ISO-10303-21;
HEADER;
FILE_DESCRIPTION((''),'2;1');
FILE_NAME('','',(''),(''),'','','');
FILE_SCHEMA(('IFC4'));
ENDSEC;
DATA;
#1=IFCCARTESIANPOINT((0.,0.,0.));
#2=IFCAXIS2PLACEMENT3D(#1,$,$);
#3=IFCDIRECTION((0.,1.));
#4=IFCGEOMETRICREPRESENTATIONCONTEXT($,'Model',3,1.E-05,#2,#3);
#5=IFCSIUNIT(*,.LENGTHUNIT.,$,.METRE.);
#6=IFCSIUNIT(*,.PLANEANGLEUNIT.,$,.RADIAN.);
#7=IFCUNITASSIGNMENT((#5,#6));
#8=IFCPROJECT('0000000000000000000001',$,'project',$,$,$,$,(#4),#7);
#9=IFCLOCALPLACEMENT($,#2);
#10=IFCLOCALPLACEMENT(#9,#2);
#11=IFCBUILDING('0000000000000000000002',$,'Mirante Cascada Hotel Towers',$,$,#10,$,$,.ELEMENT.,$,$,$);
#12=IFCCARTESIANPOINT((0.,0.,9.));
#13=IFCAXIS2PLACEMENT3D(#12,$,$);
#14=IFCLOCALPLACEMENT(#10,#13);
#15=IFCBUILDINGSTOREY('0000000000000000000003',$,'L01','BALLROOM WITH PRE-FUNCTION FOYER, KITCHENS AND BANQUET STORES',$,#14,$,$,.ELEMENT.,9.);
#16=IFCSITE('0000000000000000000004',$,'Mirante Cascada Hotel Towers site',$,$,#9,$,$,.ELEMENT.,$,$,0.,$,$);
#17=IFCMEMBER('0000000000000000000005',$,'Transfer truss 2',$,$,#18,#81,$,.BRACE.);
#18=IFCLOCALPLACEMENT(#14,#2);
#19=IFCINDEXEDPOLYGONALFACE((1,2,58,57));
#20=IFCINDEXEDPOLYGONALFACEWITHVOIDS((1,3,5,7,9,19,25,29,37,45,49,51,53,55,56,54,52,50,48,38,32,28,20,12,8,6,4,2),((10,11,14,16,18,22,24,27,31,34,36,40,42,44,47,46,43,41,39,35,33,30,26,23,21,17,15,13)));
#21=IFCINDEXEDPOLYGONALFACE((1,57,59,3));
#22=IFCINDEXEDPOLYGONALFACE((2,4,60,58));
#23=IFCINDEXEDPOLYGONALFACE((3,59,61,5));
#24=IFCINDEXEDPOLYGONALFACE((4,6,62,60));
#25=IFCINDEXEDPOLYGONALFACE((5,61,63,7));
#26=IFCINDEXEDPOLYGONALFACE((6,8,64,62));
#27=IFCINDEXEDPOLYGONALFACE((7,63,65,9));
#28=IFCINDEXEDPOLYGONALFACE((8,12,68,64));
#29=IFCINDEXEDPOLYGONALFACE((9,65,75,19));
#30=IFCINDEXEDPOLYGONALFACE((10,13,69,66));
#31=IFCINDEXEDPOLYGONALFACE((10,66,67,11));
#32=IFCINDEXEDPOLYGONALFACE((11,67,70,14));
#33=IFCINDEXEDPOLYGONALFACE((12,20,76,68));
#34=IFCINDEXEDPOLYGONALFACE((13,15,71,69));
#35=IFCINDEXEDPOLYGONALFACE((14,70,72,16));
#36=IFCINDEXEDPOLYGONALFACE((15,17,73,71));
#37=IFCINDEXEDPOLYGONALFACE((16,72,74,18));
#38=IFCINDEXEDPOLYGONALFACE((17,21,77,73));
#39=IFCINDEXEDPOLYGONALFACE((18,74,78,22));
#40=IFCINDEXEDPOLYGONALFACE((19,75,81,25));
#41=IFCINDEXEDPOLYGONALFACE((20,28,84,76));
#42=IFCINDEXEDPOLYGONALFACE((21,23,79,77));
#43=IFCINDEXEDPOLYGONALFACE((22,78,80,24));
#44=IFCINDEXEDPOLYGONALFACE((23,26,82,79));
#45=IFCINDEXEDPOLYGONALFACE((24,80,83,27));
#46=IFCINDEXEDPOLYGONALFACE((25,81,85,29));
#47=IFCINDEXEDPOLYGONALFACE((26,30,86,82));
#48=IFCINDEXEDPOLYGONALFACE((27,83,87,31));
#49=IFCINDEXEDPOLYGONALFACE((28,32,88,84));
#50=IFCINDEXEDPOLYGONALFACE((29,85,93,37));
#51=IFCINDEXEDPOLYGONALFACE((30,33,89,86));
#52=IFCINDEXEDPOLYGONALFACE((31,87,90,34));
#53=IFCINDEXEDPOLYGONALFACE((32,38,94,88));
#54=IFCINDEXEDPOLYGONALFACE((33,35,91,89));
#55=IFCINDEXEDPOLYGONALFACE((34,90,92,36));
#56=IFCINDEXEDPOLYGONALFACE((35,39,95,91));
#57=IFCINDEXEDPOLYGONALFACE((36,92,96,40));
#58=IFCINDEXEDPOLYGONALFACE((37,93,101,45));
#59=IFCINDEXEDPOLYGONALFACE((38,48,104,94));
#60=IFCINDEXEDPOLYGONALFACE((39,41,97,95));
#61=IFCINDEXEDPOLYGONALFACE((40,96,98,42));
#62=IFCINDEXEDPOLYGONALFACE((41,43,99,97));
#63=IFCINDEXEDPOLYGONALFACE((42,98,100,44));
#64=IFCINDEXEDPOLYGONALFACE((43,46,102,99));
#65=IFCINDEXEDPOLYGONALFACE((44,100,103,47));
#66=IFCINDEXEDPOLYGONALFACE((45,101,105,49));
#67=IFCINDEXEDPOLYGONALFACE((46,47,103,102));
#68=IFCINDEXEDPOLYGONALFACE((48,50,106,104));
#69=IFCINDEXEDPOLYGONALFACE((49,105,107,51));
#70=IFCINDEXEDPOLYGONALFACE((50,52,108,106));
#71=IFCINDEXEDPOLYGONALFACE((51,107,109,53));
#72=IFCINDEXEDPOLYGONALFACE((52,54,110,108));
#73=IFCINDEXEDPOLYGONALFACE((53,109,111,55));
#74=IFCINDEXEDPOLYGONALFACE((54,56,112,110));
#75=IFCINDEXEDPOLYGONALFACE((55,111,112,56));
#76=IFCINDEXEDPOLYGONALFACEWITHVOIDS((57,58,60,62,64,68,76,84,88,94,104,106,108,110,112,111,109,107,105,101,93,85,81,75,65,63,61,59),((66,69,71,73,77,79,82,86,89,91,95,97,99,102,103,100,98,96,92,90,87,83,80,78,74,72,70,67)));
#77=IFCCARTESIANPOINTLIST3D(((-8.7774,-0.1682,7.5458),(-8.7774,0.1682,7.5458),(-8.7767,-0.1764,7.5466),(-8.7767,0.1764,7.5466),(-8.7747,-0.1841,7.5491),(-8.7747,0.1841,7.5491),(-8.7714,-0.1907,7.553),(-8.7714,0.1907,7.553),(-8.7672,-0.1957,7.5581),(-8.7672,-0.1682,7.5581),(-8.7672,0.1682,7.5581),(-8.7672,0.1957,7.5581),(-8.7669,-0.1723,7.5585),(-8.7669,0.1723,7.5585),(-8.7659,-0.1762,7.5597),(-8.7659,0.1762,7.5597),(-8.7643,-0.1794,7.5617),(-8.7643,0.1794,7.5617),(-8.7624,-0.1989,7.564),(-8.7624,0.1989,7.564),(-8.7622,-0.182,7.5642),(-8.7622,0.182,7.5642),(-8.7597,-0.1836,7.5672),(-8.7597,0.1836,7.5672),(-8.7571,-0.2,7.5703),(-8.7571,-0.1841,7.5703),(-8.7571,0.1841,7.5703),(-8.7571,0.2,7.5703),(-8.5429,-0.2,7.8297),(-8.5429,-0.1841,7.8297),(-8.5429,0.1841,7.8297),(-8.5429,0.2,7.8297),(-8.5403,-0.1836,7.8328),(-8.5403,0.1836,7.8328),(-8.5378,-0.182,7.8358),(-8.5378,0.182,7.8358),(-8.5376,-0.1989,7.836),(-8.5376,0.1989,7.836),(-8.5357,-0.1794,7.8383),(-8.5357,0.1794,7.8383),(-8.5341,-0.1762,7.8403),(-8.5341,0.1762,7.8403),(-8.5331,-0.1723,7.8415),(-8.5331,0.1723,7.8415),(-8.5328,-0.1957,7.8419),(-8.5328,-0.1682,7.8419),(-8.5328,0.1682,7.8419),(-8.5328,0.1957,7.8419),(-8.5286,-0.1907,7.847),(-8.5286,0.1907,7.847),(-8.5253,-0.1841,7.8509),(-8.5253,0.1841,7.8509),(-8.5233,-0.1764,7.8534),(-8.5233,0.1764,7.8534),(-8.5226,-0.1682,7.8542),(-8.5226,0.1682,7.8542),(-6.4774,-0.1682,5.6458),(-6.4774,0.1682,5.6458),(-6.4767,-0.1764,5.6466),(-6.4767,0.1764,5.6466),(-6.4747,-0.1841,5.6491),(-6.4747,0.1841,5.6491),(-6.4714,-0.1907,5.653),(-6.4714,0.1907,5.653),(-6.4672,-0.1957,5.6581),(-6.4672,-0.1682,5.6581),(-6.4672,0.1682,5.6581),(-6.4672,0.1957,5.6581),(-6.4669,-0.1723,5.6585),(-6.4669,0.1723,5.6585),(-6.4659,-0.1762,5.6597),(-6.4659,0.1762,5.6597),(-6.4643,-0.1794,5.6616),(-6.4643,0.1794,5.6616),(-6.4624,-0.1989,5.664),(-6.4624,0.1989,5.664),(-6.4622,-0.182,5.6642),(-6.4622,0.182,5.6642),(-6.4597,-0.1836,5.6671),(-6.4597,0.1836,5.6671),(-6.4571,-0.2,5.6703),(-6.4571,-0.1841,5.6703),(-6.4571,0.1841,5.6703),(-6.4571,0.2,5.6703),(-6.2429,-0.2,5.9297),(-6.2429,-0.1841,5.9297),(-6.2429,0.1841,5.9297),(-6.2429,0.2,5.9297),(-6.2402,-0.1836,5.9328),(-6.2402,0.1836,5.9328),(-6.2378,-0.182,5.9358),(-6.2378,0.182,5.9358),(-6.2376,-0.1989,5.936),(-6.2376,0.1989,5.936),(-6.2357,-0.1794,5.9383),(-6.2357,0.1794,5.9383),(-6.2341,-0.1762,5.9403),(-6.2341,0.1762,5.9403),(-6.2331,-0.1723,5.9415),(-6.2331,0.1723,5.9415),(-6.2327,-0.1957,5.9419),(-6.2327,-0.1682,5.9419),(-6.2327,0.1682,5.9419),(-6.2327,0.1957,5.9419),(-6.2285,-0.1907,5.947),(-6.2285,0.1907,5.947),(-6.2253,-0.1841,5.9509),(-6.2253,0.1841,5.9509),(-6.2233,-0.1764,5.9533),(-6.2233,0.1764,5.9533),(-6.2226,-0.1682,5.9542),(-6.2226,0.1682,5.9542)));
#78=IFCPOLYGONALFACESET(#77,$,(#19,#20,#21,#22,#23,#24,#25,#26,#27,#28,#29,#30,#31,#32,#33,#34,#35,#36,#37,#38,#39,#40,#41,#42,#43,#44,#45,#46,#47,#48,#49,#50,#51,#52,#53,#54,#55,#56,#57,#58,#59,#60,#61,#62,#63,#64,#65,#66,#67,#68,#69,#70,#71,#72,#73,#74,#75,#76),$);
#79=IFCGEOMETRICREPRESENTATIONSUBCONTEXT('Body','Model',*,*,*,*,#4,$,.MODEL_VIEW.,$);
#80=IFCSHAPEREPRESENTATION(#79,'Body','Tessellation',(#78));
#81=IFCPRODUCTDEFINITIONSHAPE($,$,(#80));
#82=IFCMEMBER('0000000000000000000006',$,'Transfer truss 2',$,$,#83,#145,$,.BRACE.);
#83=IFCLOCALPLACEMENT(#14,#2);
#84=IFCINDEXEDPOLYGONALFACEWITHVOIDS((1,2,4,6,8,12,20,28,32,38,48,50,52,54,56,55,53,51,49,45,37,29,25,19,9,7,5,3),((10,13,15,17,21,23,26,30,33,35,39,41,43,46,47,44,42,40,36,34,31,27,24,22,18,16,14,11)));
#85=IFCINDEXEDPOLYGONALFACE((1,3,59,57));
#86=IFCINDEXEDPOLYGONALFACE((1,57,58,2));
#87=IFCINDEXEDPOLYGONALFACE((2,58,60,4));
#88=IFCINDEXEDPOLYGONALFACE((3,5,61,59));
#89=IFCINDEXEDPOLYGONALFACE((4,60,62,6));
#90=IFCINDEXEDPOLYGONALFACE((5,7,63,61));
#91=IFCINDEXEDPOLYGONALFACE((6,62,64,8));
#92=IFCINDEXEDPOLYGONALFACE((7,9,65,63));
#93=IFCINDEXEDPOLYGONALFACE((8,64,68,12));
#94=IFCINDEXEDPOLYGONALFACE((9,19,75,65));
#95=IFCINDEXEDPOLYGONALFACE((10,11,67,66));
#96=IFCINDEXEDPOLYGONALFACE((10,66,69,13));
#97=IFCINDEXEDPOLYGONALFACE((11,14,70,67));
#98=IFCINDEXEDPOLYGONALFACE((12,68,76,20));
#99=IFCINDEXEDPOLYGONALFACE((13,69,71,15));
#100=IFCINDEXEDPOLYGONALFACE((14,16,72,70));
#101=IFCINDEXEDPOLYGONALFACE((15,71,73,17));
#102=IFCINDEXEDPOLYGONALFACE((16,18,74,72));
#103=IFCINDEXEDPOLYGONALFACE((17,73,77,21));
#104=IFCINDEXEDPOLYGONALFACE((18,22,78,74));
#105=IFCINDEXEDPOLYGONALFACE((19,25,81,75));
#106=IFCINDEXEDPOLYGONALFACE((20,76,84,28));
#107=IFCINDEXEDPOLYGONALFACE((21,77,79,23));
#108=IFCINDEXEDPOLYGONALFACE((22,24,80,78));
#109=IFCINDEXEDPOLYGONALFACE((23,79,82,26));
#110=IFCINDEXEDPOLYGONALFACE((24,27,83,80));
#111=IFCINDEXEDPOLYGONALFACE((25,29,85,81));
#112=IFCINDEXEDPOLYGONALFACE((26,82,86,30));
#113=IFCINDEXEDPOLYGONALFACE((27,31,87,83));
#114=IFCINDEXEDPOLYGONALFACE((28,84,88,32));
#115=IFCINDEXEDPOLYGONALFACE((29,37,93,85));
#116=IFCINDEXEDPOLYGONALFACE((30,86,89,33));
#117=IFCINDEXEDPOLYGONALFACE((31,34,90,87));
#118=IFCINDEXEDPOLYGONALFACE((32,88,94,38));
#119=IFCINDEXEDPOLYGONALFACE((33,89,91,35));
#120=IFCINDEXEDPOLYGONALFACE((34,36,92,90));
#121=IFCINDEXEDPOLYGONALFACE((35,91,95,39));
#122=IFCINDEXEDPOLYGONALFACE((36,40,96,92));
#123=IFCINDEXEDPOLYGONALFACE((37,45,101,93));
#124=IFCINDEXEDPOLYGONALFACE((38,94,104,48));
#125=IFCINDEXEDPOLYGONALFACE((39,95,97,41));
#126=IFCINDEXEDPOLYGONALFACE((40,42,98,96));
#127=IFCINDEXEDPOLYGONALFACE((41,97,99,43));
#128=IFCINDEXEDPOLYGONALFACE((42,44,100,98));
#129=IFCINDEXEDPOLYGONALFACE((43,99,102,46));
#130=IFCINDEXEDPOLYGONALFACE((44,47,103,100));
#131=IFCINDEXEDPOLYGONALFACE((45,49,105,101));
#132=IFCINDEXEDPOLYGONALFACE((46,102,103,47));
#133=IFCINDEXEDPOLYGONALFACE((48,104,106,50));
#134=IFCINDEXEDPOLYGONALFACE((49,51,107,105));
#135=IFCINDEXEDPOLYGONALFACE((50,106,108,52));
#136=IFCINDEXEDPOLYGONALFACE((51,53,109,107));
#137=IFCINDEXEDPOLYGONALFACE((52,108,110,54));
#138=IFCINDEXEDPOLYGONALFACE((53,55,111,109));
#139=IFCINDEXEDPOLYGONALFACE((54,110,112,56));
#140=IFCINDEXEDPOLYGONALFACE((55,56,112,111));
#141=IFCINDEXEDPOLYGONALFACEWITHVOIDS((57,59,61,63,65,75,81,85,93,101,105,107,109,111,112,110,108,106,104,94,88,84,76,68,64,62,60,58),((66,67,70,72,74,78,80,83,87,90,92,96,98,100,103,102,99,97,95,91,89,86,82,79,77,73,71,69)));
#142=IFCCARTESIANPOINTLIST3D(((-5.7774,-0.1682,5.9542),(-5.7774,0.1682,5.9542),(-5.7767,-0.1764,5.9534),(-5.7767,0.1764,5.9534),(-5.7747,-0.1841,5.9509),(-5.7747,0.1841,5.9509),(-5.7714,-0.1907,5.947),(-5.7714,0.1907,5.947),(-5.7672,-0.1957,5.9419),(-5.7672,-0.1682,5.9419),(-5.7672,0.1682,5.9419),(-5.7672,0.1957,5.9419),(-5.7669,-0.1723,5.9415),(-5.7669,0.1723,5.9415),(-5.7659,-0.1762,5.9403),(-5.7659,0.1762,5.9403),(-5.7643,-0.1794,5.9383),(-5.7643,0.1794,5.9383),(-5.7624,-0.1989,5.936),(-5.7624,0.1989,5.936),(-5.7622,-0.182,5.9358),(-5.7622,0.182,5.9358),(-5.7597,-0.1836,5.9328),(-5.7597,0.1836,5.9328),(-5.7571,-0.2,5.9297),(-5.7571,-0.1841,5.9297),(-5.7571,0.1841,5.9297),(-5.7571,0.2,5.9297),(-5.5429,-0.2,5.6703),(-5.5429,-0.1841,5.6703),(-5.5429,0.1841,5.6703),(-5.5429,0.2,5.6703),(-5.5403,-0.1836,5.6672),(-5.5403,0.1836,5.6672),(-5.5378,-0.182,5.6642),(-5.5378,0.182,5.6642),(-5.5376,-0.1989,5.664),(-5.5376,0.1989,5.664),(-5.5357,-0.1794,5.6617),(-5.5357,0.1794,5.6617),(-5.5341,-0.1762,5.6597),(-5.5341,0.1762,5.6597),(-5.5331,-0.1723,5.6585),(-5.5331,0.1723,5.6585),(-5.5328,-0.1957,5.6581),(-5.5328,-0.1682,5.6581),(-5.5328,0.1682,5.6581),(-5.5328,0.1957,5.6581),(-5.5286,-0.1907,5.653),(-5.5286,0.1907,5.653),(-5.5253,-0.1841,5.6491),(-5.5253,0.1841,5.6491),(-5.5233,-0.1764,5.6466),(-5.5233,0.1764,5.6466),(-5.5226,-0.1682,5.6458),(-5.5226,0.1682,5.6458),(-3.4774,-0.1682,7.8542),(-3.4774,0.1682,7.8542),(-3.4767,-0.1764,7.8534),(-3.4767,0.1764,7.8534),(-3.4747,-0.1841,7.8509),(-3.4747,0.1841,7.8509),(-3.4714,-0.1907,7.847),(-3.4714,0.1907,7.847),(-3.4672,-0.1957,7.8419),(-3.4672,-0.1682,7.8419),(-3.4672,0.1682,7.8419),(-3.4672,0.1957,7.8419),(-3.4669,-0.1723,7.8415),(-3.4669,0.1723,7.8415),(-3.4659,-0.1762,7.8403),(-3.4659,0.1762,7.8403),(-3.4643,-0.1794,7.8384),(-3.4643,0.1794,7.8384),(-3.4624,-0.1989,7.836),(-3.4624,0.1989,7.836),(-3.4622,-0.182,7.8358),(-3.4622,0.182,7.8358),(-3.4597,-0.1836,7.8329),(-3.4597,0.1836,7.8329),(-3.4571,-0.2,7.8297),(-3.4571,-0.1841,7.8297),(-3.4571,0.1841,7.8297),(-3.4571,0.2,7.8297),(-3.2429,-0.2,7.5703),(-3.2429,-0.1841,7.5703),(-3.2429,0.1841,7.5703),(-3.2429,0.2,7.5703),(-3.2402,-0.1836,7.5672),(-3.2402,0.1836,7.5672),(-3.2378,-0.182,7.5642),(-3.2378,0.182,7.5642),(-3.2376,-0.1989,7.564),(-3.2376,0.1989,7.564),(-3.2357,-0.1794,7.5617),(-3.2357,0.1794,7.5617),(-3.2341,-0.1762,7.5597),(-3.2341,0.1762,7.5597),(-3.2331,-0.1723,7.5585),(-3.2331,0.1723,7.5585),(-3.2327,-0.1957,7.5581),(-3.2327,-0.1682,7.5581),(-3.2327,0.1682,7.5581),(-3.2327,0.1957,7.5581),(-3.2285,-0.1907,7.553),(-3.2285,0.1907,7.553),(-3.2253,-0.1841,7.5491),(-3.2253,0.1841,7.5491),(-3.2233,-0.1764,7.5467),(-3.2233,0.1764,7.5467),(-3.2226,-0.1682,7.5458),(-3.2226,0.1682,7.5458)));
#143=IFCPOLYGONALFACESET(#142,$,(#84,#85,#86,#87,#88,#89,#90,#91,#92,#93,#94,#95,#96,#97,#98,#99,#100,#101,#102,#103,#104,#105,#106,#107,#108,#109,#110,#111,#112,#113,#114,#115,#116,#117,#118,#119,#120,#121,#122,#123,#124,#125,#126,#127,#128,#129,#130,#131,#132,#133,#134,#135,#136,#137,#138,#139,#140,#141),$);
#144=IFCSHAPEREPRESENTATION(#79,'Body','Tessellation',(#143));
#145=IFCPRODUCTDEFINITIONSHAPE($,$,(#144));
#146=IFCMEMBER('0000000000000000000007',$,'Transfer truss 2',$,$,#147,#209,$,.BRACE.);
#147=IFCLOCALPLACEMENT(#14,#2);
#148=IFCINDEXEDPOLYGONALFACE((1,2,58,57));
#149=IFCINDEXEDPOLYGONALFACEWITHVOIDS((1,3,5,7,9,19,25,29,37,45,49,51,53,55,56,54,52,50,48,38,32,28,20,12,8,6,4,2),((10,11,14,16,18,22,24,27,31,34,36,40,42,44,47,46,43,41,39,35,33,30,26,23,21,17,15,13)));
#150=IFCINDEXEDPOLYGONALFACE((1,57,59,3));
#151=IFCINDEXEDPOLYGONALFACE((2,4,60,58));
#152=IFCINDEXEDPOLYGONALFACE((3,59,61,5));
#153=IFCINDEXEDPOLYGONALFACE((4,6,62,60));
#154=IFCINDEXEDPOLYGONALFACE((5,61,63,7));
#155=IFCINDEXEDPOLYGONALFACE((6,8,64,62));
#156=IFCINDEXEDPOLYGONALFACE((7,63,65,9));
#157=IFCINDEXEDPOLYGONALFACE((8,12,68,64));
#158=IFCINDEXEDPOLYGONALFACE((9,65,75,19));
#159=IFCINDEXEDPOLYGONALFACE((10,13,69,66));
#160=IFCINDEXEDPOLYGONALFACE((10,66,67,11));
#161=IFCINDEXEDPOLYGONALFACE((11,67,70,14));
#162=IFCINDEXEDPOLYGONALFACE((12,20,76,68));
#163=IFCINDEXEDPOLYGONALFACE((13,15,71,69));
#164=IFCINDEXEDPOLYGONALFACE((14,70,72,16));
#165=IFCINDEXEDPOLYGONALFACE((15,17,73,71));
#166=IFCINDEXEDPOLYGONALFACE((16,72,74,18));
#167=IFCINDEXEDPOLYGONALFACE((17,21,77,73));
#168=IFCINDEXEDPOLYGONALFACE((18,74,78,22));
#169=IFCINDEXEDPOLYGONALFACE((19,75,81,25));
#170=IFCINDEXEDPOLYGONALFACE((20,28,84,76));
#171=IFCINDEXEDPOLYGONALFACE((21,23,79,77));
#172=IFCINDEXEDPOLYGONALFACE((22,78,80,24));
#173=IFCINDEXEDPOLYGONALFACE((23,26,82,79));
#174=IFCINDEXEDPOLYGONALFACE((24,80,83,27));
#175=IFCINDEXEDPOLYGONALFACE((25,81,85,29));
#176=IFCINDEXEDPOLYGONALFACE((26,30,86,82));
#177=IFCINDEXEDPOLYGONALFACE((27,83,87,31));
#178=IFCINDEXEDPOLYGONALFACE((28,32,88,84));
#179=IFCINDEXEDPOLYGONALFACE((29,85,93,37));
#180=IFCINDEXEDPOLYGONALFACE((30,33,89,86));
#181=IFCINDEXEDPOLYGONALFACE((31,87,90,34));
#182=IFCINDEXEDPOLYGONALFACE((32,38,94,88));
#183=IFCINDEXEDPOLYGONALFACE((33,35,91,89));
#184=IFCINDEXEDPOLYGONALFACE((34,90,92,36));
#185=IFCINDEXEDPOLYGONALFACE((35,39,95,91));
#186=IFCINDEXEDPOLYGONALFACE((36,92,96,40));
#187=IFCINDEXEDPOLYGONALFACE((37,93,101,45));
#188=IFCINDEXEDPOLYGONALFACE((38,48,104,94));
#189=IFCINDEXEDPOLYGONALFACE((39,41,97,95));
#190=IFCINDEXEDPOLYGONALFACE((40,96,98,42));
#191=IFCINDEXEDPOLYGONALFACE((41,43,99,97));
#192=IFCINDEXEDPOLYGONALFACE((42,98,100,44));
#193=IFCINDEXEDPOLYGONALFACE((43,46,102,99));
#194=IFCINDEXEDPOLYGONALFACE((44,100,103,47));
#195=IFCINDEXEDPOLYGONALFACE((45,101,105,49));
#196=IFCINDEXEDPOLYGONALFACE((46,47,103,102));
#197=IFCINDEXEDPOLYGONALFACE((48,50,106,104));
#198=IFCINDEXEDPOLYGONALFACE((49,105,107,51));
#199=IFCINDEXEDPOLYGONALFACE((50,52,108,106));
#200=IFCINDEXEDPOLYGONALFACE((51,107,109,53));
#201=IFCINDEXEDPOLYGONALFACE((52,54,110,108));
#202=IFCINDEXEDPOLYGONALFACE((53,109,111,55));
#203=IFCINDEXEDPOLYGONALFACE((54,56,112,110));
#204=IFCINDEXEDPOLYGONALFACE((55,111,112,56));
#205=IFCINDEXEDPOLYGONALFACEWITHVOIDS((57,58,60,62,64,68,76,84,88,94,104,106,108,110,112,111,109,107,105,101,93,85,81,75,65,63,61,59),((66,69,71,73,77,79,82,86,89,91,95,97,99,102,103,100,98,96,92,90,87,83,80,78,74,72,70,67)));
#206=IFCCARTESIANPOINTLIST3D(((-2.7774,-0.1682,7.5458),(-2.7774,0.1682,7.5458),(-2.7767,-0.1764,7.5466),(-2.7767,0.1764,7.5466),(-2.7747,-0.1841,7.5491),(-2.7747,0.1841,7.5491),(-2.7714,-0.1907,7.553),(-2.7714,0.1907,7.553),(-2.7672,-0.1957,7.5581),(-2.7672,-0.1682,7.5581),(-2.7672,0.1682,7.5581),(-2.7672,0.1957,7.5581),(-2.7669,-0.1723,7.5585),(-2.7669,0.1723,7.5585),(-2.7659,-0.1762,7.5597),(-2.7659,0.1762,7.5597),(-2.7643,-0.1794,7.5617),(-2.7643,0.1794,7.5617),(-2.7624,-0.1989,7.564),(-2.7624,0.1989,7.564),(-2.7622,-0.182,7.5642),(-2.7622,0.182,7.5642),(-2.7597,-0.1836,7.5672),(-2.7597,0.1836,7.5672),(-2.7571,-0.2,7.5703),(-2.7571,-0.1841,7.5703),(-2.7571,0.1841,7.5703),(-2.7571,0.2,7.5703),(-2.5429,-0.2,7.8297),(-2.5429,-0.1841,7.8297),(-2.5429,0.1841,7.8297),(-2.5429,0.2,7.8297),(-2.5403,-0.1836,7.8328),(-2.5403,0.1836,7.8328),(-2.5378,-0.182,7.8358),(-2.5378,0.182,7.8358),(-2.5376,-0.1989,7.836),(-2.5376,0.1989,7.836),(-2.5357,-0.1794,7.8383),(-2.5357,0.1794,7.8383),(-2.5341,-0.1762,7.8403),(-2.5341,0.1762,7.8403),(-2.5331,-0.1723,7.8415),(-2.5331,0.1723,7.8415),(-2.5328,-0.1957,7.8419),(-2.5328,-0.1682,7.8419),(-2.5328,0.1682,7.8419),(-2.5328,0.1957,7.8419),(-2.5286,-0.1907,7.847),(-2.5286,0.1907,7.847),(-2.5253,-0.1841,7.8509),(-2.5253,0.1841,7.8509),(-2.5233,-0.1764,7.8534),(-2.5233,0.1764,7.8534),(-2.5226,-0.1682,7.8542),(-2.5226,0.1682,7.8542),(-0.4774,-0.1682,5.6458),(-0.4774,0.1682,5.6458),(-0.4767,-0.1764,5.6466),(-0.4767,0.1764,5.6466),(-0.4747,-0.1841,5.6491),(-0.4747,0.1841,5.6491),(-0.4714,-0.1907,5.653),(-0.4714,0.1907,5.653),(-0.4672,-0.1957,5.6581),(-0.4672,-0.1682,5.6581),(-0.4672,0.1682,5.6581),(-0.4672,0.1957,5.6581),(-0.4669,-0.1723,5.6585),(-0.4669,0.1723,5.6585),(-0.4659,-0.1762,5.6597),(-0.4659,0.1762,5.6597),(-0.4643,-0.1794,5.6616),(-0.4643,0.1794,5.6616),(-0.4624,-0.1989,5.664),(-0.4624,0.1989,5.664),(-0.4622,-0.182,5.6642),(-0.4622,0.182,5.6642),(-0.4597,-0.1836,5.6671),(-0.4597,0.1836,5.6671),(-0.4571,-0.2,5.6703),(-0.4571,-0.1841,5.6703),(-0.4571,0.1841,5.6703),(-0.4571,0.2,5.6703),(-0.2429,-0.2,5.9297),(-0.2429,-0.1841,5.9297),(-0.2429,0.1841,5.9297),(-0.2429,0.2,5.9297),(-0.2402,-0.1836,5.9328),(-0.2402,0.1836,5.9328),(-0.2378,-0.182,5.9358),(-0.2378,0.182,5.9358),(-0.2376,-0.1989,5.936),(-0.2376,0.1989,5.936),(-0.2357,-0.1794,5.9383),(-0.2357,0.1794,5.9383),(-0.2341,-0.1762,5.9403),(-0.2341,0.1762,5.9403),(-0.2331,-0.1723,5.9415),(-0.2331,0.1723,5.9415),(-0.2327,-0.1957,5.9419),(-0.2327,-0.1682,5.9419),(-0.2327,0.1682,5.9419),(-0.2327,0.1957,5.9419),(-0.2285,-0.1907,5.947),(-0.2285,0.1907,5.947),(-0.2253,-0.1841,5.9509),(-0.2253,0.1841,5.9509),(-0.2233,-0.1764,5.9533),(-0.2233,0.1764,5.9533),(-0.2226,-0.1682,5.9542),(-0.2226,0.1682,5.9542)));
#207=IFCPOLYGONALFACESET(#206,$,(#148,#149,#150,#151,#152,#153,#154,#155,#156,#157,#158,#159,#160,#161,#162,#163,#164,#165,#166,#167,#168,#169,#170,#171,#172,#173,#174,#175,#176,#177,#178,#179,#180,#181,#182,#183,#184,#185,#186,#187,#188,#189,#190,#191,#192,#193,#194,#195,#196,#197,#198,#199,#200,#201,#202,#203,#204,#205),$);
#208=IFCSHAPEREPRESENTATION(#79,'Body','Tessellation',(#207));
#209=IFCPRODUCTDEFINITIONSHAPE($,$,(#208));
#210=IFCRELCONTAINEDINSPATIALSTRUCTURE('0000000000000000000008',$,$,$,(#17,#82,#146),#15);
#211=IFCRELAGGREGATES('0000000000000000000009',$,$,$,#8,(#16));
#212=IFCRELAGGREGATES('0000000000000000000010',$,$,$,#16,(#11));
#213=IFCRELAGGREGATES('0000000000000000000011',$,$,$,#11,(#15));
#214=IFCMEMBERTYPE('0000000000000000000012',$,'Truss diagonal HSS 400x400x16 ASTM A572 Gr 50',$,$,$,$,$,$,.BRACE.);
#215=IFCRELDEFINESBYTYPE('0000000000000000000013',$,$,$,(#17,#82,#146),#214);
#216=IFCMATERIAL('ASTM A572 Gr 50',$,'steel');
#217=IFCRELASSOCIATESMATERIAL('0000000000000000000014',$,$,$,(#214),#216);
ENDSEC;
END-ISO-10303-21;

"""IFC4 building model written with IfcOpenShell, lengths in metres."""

from ifc_helpers import new_model, si_unit, direction, frame, origin, origin_2d, place, context, subcontext, project, spatial, hollow_rectangle, extrude, material, material_profile, profile_set, type_object, element, save


model = new_model("IFC4")

# Units and contexts
model_context = context("Model", 3, precision=1e-05, world=origin(), true_north=direction((0.0, 1.0)))
body_context = subcontext(model_context, "Body", "Model", "MODEL_VIEW")
ifc_project = project(units=[si_unit("LENGTHUNIT", "METRE"), si_unit("PLANEANGLEUNIT", "RADIAN")], contexts=[model_context])

# Site, building, storey
site_placement = place(None, origin())
site = spatial("IfcSite", under=ifc_project, at=site_placement, Name="Mirante Cascada Hotel Towers site", CompositionType="ELEMENT", RefElevation=0.0)
building_placement = place(site_placement, origin())
building = spatial("IfcBuilding", under=site, at=building_placement, Name="Mirante Cascada Hotel Towers", CompositionType="ELEMENT")
storey_placement = place(building_placement, frame((0.0, 0.0, 9.0)))
storey = spatial("IfcBuildingStorey", under=building, at=storey_placement, Name="L01", Description="BALLROOM WITH PRE-FUNCTION FOYER, KITCHENS AND BANQUET STORES", CompositionType="ELEMENT", Elevation=9.0)

# Members
ifc_material_1 = material(Name="ASTM A572 Gr 50", Category="steel")
ifc_material_profile_1 = material_profile(ifc_material_1, hollow_rectangle(XDim=0.4, YDim=0.4, WallThickness=0.0159, InnerFilletRadius=0.0159, OuterFilletRadius=0.0318, at=origin_2d()), Name="HSS 400x400x16")
ifc_profile_set_1 = profile_set([ifc_material_profile_1], Name="ASTM A572 Gr 50")
member_type_1 = type_object("IfcMemberType", Name="Truss diagonal HSS 400x400x16 ASTM A572 Gr 50", PredefinedType="BRACE", material=ifc_profile_set_1)
for number, where, z_axis, x_axis, name in (
    (1, (-8.65, 0.0, 7.7), (0.770962, 0.0, -0.636881), (0.0, 1.0, 0.0), "Transfer truss 2"),
    (2, (-5.65, 0.0, 5.8), (0.770962, 0.0, 0.636881), (0.0, 1.0, 0.0), "Transfer truss 2"),
    (3, (-2.65, 0.0, 7.7), (0.770962, 0.0, -0.636881), (0.0, 1.0, 0.0), "Transfer truss 2"),
):
    element("IfcMember", number, at=place(storey_placement, frame(where, z_axis=z_axis, x_axis=x_axis)), inside=storey, type_object=member_type_1, Name=name, PredefinedType="BRACE", context=body_context, shape_type="SweptSolid", body=[
        extrude(hollow_rectangle(XDim=0.4, YDim=0.4, WallThickness=0.0159, InnerFilletRadius=0.0159, OuterFilletRadius=0.0318, at=origin_2d()), origin(), (0.0, 0.0, 1.0), 2.9833),
    ])

save(model, "model.ifc")
